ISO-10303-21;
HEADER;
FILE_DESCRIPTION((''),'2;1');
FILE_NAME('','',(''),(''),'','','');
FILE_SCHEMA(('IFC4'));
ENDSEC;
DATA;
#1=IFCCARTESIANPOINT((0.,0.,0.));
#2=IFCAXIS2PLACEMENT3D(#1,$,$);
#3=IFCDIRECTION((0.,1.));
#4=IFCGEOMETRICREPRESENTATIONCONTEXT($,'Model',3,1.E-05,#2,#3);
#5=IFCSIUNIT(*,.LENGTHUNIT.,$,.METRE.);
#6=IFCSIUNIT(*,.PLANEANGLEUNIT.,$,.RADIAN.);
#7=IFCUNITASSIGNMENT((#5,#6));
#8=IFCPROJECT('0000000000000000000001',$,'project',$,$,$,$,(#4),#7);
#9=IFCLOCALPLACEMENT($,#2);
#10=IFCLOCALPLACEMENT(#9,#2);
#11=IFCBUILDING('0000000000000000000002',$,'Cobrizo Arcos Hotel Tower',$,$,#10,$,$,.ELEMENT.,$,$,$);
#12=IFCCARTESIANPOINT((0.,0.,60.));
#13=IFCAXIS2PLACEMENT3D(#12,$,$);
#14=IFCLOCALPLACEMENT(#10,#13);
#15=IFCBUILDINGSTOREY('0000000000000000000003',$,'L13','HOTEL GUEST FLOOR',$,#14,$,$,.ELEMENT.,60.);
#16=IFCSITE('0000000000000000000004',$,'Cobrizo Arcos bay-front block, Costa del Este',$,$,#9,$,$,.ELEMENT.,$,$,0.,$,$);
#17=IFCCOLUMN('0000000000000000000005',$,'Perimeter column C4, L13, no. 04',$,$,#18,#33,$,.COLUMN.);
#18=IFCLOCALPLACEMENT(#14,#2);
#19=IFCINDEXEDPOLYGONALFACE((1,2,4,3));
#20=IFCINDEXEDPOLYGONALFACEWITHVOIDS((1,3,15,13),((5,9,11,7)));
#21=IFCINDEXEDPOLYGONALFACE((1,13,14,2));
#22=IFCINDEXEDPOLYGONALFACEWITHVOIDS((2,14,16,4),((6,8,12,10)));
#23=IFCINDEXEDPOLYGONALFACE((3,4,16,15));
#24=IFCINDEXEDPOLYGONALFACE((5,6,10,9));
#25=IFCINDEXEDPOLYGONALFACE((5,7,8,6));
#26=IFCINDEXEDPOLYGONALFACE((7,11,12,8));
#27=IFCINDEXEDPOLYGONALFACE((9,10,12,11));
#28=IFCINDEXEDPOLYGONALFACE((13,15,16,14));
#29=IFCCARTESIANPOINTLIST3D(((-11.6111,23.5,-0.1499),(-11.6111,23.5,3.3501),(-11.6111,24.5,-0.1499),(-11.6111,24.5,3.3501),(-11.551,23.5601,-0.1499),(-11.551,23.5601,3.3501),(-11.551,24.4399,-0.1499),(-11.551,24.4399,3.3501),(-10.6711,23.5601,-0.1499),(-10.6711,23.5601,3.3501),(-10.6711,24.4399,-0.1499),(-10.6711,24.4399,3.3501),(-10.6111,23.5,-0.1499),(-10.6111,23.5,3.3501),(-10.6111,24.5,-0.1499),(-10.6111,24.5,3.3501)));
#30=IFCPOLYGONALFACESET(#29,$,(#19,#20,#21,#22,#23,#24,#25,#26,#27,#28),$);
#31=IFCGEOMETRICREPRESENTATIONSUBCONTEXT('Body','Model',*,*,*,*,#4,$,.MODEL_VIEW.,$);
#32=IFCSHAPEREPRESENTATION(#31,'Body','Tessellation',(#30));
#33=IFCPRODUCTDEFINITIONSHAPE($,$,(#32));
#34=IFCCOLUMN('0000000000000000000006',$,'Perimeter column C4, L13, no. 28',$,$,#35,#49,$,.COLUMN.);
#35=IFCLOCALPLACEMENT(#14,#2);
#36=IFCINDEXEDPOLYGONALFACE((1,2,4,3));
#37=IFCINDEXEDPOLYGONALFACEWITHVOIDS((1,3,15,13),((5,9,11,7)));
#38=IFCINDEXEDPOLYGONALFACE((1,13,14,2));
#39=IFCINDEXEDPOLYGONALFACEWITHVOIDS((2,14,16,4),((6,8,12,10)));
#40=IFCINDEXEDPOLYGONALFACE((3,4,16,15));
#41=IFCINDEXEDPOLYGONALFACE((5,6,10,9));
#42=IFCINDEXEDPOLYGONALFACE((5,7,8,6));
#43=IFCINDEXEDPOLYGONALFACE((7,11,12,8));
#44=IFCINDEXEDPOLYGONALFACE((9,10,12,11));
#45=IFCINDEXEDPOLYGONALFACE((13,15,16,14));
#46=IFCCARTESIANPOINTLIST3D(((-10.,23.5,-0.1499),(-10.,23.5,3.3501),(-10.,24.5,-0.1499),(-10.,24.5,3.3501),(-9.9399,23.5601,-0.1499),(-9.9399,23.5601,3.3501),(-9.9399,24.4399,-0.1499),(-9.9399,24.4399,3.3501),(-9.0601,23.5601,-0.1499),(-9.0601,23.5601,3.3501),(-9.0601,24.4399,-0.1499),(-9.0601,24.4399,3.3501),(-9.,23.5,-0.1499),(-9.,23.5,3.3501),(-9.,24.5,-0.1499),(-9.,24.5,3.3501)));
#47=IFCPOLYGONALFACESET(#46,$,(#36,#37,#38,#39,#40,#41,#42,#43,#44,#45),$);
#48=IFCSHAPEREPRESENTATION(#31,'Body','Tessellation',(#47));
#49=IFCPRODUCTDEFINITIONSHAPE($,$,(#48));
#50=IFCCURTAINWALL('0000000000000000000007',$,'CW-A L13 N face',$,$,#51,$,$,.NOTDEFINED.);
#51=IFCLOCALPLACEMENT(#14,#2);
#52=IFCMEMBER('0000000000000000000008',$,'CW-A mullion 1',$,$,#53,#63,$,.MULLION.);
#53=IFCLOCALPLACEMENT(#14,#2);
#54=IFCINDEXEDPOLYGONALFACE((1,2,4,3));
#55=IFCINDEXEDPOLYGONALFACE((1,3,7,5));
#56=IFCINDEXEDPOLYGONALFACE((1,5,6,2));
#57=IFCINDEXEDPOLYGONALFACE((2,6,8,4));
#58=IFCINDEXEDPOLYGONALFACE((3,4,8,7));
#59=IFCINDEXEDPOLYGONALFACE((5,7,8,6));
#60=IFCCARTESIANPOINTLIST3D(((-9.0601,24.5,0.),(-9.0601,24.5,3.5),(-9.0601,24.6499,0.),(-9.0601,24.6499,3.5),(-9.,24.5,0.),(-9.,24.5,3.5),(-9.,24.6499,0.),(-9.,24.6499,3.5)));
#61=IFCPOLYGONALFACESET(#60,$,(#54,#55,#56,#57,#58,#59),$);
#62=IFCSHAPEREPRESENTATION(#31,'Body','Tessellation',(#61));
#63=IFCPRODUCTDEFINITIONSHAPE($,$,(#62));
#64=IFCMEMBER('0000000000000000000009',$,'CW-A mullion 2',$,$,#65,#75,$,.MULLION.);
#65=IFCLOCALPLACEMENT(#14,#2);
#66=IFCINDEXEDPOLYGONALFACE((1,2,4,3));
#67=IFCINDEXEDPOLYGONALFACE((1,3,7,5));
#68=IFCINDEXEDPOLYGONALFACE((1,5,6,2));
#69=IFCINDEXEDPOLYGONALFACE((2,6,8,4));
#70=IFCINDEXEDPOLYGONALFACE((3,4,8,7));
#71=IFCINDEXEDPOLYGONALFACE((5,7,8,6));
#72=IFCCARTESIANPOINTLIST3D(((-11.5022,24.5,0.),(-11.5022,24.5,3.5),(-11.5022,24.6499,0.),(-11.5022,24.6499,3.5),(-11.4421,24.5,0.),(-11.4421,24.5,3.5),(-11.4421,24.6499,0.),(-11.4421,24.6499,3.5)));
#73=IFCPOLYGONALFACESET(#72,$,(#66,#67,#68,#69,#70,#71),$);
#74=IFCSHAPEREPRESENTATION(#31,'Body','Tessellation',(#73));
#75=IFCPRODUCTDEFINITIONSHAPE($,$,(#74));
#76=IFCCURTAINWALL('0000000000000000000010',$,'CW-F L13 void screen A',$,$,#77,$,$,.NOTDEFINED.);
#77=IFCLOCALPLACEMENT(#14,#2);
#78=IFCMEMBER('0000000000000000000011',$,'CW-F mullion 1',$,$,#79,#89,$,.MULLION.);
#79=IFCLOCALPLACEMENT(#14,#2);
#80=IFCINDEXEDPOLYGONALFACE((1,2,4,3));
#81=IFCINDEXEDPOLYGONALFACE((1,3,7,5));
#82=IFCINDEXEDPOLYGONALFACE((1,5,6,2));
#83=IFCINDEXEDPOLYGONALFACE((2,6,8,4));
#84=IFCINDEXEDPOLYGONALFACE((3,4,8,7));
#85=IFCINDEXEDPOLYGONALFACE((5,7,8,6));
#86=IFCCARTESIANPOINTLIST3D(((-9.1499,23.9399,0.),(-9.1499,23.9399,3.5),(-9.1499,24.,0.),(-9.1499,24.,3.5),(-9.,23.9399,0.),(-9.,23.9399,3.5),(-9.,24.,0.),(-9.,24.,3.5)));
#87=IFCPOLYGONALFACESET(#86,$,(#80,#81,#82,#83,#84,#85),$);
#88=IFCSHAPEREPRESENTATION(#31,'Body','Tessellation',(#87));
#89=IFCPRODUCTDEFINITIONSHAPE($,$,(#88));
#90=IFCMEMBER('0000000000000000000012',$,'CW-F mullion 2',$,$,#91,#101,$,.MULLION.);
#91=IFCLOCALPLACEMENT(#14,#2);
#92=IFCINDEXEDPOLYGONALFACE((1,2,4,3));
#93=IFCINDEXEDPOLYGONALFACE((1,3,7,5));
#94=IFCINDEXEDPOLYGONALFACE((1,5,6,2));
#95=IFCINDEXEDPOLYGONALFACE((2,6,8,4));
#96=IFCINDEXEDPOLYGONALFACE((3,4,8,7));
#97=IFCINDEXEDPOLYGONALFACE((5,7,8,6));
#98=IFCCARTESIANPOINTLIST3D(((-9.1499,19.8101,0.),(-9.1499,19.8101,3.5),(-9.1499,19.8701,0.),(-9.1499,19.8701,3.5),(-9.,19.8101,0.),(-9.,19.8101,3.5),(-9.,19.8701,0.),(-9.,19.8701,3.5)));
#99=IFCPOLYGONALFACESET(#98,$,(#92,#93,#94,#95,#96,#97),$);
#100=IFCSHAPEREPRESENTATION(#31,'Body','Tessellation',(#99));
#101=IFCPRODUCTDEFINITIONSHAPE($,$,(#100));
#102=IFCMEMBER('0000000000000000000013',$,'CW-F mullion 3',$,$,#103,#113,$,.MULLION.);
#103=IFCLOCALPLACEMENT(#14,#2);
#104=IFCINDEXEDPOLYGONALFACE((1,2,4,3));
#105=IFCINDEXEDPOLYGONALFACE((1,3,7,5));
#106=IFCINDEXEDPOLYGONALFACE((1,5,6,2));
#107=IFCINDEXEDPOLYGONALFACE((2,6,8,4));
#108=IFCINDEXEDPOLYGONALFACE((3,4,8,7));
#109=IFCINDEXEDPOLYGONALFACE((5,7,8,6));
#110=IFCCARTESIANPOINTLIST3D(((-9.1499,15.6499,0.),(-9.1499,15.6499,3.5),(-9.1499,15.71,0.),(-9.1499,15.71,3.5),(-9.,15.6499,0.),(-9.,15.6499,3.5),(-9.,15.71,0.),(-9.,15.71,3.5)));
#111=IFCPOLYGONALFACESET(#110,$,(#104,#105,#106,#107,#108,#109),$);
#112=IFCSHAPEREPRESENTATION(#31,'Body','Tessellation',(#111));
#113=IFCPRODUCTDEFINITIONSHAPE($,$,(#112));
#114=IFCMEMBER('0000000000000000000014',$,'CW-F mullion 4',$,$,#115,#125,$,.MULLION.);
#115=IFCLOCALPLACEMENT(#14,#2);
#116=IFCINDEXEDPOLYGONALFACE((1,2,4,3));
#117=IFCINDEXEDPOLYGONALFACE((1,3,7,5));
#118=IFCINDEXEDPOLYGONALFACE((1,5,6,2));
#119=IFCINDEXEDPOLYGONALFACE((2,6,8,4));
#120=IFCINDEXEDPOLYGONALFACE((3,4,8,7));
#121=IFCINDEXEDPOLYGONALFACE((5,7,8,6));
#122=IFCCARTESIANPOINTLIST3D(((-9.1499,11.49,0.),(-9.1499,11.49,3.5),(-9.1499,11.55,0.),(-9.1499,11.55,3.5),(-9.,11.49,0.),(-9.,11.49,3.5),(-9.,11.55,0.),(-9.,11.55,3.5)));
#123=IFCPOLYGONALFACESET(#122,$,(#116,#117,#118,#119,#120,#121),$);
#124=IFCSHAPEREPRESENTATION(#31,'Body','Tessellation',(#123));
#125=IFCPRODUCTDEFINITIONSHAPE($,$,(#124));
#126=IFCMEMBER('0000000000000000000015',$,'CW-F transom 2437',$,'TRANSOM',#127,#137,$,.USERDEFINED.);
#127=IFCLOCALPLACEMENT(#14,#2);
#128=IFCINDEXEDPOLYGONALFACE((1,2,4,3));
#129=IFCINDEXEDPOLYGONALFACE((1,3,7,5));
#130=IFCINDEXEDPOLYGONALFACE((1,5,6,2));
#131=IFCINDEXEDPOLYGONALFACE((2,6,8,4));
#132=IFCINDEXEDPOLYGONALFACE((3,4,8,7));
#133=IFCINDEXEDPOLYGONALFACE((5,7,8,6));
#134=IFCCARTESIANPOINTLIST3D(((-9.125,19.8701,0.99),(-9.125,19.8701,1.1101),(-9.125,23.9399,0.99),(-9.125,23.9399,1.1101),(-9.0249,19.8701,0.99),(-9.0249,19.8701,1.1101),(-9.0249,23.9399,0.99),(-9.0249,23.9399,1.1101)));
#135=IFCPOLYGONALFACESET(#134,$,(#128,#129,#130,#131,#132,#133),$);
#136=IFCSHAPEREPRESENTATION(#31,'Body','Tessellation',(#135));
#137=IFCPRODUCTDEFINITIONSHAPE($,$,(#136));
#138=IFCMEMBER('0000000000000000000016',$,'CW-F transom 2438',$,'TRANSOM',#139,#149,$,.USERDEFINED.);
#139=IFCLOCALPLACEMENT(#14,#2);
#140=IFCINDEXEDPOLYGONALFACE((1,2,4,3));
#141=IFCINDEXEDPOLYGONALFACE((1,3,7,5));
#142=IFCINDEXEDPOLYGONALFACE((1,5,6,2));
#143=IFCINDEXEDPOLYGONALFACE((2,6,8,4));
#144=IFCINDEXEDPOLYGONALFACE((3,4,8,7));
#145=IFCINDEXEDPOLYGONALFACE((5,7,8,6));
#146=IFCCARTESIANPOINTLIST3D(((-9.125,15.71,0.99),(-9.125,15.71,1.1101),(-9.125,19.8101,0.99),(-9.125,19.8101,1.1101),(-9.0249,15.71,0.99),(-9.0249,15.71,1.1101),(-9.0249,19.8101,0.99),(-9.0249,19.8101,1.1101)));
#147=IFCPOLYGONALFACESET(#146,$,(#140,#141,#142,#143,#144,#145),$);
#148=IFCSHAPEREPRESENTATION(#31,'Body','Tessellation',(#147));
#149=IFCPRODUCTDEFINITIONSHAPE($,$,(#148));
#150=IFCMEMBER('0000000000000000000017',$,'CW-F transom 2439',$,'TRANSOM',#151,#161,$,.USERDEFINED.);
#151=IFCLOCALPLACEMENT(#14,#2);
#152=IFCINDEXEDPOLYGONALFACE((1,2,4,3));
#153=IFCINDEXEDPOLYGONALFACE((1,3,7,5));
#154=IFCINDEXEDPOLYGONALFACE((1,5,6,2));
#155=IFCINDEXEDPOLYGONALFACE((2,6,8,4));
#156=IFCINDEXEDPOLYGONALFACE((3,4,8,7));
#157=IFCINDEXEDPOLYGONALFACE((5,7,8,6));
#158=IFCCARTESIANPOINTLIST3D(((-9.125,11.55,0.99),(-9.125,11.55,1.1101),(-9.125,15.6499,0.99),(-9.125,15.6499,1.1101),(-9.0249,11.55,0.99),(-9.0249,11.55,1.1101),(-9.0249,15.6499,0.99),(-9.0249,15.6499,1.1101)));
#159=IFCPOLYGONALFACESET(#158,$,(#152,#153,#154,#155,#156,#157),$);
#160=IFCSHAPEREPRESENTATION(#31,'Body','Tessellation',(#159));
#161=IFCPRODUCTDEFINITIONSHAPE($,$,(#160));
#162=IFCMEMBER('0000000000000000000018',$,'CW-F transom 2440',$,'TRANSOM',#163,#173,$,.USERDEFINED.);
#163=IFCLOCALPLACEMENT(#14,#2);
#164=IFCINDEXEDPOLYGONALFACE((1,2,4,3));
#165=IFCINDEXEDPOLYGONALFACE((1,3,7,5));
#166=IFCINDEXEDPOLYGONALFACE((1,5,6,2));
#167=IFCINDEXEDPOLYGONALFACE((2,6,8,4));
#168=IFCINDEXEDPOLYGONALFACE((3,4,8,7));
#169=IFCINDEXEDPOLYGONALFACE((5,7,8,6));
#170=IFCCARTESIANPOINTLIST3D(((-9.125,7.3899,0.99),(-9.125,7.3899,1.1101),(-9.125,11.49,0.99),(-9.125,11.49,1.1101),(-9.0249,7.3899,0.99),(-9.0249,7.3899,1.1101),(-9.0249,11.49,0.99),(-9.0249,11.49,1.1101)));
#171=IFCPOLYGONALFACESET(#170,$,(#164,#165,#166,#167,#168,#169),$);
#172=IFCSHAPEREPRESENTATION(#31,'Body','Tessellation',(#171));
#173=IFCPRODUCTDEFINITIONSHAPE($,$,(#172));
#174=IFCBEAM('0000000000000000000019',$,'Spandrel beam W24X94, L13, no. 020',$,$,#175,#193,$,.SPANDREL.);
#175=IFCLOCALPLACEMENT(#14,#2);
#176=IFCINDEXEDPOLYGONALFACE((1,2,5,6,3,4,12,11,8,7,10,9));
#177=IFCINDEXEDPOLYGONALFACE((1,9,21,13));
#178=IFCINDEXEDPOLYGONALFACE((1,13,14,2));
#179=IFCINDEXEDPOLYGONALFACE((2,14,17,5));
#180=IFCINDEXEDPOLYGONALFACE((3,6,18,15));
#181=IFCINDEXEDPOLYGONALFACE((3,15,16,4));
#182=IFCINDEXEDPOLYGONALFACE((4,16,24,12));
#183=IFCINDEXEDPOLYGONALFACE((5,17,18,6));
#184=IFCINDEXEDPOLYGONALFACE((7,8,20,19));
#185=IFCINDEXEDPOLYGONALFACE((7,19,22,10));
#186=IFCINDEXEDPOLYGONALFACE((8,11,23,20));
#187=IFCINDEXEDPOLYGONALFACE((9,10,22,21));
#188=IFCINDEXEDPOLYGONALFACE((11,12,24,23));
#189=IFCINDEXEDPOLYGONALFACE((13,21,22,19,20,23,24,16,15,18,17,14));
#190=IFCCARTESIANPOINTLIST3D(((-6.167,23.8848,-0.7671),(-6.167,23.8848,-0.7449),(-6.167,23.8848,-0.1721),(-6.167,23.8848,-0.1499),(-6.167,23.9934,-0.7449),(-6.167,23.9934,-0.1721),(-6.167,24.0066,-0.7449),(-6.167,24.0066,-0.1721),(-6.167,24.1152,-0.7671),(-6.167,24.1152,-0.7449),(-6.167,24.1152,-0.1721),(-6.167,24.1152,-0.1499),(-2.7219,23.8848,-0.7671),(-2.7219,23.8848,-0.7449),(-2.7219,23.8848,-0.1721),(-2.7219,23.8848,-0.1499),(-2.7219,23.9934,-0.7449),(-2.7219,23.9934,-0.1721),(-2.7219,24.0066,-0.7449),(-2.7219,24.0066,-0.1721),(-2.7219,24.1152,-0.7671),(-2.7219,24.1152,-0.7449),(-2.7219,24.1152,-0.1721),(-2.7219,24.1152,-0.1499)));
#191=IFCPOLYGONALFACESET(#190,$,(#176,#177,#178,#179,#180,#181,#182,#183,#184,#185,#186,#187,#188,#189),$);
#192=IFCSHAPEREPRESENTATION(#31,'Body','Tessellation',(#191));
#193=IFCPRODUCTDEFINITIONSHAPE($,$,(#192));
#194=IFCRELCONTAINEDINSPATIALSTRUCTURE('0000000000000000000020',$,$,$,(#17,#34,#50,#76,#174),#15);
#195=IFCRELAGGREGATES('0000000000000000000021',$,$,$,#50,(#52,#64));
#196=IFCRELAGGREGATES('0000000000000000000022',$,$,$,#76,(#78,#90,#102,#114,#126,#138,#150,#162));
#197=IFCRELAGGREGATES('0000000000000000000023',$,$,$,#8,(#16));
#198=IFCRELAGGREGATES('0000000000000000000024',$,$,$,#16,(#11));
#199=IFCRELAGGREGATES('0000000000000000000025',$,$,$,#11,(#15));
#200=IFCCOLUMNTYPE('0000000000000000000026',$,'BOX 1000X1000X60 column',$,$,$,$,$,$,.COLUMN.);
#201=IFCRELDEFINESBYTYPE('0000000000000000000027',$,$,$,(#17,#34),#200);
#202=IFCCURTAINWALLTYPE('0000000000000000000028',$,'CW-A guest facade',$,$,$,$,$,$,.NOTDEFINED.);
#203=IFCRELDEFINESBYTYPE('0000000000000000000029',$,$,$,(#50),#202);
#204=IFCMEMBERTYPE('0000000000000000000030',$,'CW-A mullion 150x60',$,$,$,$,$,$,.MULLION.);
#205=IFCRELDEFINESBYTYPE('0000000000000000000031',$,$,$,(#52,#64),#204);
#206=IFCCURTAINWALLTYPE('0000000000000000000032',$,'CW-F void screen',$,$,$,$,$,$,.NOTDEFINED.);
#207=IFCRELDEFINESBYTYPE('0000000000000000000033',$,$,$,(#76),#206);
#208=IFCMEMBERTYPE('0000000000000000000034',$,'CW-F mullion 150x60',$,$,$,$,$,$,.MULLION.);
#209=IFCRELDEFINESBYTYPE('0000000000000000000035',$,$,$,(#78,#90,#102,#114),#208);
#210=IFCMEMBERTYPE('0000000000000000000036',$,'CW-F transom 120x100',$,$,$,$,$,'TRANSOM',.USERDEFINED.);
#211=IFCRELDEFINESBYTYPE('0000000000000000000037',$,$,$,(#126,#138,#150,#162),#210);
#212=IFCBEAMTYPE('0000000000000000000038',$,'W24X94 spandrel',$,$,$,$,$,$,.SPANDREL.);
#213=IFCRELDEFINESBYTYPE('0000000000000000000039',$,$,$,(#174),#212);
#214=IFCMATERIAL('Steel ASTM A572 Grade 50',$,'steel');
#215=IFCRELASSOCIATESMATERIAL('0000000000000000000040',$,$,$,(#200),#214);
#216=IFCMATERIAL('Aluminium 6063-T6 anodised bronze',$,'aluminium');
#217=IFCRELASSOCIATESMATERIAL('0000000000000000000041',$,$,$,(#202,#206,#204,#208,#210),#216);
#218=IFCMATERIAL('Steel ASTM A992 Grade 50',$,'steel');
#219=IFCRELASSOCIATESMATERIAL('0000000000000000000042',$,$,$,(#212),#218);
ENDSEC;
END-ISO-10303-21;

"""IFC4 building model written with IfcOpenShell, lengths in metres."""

from ifc_helpers import new_model, si_unit, direction, frame, origin, origin_2d, place, context, subcontext, project, spatial, rectangle, hollow_rectangle, i_section, extrude, material, material_profile, profile_set, type_object, element, aggregate, save


model = new_model("IFC4")

# Units and contexts
model_context = context("Model", 3, precision=1e-05, world=origin(), true_north=direction((0.0, 1.0)))
body_context = subcontext(model_context, "Body", "Model", "MODEL_VIEW")
ifc_project = project(units=[si_unit("LENGTHUNIT", "METRE"), si_unit("PLANEANGLEUNIT", "RADIAN")], contexts=[model_context])

# Site, building, storey
site_placement = place(None, origin())
site = spatial("IfcSite", under=ifc_project, at=site_placement, Name="Cobrizo Arcos bay-front block, Costa del Este", CompositionType="ELEMENT", RefElevation=0.0)
building_placement = place(site_placement, origin())
building = spatial("IfcBuilding", under=site, at=building_placement, Name="Cobrizo Arcos Hotel Tower", CompositionType="ELEMENT")
storey_placement = place(building_placement, frame((0.0, 0.0, 60.0)))
storey = spatial("IfcBuildingStorey", under=building, at=storey_placement, Name="L13", Description="HOTEL GUEST FLOOR", CompositionType="ELEMENT", Elevation=60.0)

# Columns
ifc_material_1 = material(Name="Steel ASTM A572 Grade 50", Category="steel")
ifc_material_profile_1 = material_profile(ifc_material_1, hollow_rectangle(XDim=1.0, YDim=1.0, WallThickness=0.0601, at=origin_2d()), Name="BOX 1000X1000X60")
ifc_profile_set_1 = profile_set([ifc_material_profile_1], Name="Steel ASTM A572 Grade 50")
column_type = type_object("IfcColumnType", Name="BOX 1000X1000X60 column", PredefinedType="COLUMN", material=ifc_profile_set_1)
for number, where, z_axis, x_axis, name in (
    (1, (-11.1111, 24.0, -0.1499), (0.0, 0.0, 1.0), (1.0, 0.0, 0.0), "Perimeter column C4, L13, no. 04"),
    (2, (-9.5, 24.0, -0.1499), (0.0, 0.0, 1.0), (1.0, 0.0, 0.0), "Perimeter column C4, L13, no. 28"),
):
    element("IfcColumn", number, at=place(storey_placement, frame(where, z_axis=z_axis, x_axis=x_axis)), inside=storey, type_object=column_type, Name=name, PredefinedType="COLUMN", context=body_context, shape_type="SweptSolid", body=[
        extrude(hollow_rectangle(XDim=1.0, YDim=1.0, WallThickness=0.0601, at=origin_2d()), origin(), (0.0, 0.0, 1.0), 3.5),
    ])

# Curtain walls, members
ifc_material_2 = material(Name="Aluminium 6063-T6 anodised bronze", Category="aluminium")
curtain_wall_type_1 = type_object("IfcCurtainWallType", Name="CW-A guest facade", PredefinedType="NOTDEFINED", material=ifc_material_2)
curtain_wall_1_placement = place(storey_placement, origin())
curtain_wall_1 = element("IfcCurtainWall", 3, at=curtain_wall_1_placement, inside=storey, type_object=curtain_wall_type_1, Name="CW-A L13 N face", PredefinedType="NOTDEFINED")
ifc_material_profile_2 = material_profile(ifc_material_2, rectangle(XDim=0.1499, YDim=0.0601, at=origin_2d()), Name="CW-A mullion 150x60")
ifc_profile_set_2 = profile_set([ifc_material_profile_2], Name="Aluminium 6063-T6 anodised bronze")
member_type_1 = type_object("IfcMemberType", Name="CW-A mullion 150x60", PredefinedType="MULLION", material=ifc_profile_set_2)
member_1_placement = place(storey_placement, frame((-9.03, 24.575, 0.0), z_axis=(0.0, 0.0, 1.0), x_axis=(0.0, 1.0, 0.0)))
member_1 = element("IfcMember", 4, at=member_1_placement, type_object=member_type_1, Name="CW-A mullion 1", PredefinedType="MULLION", context=body_context, shape_type="SweptSolid", body=[
    extrude(rectangle(XDim=0.1499, YDim=0.0601, at=origin_2d()), origin(), (0.0, 0.0, 1.0), 3.5),
])
member_2_placement = place(storey_placement, frame((-11.4722, 24.575, 0.0), z_axis=(0.0, 0.0, 1.0), x_axis=(0.0, 1.0, 0.0)))
member_2 = element("IfcMember", 5, at=member_2_placement, type_object=member_type_1, Name="CW-A mullion 2", PredefinedType="MULLION", context=body_context, shape_type="SweptSolid", body=[
    extrude(rectangle(XDim=0.1499, YDim=0.0601, at=origin_2d()), origin(), (0.0, 0.0, 1.0), 3.5),
])
curtain_wall_type_2 = type_object("IfcCurtainWallType", Name="CW-F void screen", PredefinedType="NOTDEFINED", material=ifc_material_2)
curtain_wall_2_placement = place(storey_placement, origin())
curtain_wall_2 = element("IfcCurtainWall", 6, at=curtain_wall_2_placement, inside=storey, type_object=curtain_wall_type_2, Name="CW-F L13 void screen A", PredefinedType="NOTDEFINED")
ifc_material_profile_3 = material_profile(ifc_material_2, rectangle(XDim=0.1499, YDim=0.0601, at=origin_2d()), Name="CW-F mullion 150x60")
ifc_profile_set_3 = profile_set([ifc_material_profile_3], Name="Aluminium 6063-T6 anodised bronze")
member_type_2 = type_object("IfcMemberType", Name="CW-F mullion 150x60", PredefinedType="MULLION", material=ifc_profile_set_3)
member_3_placement = place(storey_placement, frame((-9.075, 23.97, 0.0), z_axis=(0.0, 0.0, 1.0), x_axis=(-1.0, 0.0, 0.0)))
member_3 = element("IfcMember", 7, at=member_3_placement, type_object=member_type_2, Name="CW-F mullion 1", PredefinedType="MULLION", context=body_context, shape_type="SweptSolid", body=[
    extrude(rectangle(XDim=0.1499, YDim=0.0601, at=origin_2d()), origin(), (0.0, 0.0, 1.0), 3.5),
])
member_4_placement = place(storey_placement, frame((-9.075, 19.8401, 0.0), z_axis=(0.0, 0.0, 1.0), x_axis=(-1.0, 0.0, 0.0)))
member_4 = element("IfcMember", 8, at=member_4_placement, type_object=member_type_2, Name="CW-F mullion 2", PredefinedType="MULLION", context=body_context, shape_type="SweptSolid", body=[
    extrude(rectangle(XDim=0.1499, YDim=0.0601, at=origin_2d()), origin(), (0.0, 0.0, 1.0), 3.5),
])
member_5_placement = place(storey_placement, frame((-9.075, 15.6799, 0.0), z_axis=(0.0, 0.0, 1.0), x_axis=(-1.0, 0.0, 0.0)))
member_5 = element("IfcMember", 9, at=member_5_placement, type_object=member_type_2, Name="CW-F mullion 3", PredefinedType="MULLION", context=body_context, shape_type="SweptSolid", body=[
    extrude(rectangle(XDim=0.1499, YDim=0.0601, at=origin_2d()), origin(), (0.0, 0.0, 1.0), 3.5),
])
member_6_placement = place(storey_placement, frame((-9.075, 11.52, 0.0), z_axis=(0.0, 0.0, 1.0), x_axis=(-1.0, 0.0, 0.0)))
member_6 = element("IfcMember", 10, at=member_6_placement, type_object=member_type_2, Name="CW-F mullion 4", PredefinedType="MULLION", context=body_context, shape_type="SweptSolid", body=[
    extrude(rectangle(XDim=0.1499, YDim=0.0601, at=origin_2d()), origin(), (0.0, 0.0, 1.0), 3.5),
])
ifc_material_profile_4 = material_profile(ifc_material_2, rectangle(XDim=0.1001, YDim=0.1201, at=origin_2d()), Name="CW-F transom 120x100")
ifc_profile_set_4 = profile_set([ifc_material_profile_4], Name="Aluminium 6063-T6 anodised bronze")
member_type_3 = type_object("IfcMemberType", Name="CW-F transom 120x100", ElementType="TRANSOM", PredefinedType="USERDEFINED", material=ifc_profile_set_4)
member_7_placement = place(storey_placement, frame((-9.075, 23.9399, 1.05), z_axis=(0.0, -1.0, 0.0), x_axis=(1.0, 0.0, 0.0)))
member_7 = element("IfcMember", 11, at=member_7_placement, type_object=member_type_3, Name="CW-F transom 2437", ObjectType="TRANSOM", PredefinedType="USERDEFINED", context=body_context, shape_type="SweptSolid", body=[
    extrude(rectangle(XDim=0.1001, YDim=0.1201, at=origin_2d()), origin(), (0.0, 0.0, 1.0), 4.0698),
])
member_8_placement = place(storey_placement, frame((-9.075, 19.8101, 1.05), z_axis=(0.0, -1.0, 0.0), x_axis=(1.0, 0.0, 0.0)))
member_8 = element("IfcMember", 12, at=member_8_placement, type_object=member_type_3, Name="CW-F transom 2438", ObjectType="TRANSOM", PredefinedType="USERDEFINED", context=body_context, shape_type="SweptSolid", body=[
    extrude(rectangle(XDim=0.1001, YDim=0.1201, at=origin_2d()), origin(), (0.0, 0.0, 1.0), 4.1001),
])
member_9_placement = place(storey_placement, frame((-9.075, 15.6499, 1.05), z_axis=(0.0, -1.0, 0.0), x_axis=(1.0, 0.0, 0.0)))
member_9 = element("IfcMember", 13, at=member_9_placement, type_object=member_type_3, Name="CW-F transom 2439", ObjectType="TRANSOM", PredefinedType="USERDEFINED", context=body_context, shape_type="SweptSolid", body=[
    extrude(rectangle(XDim=0.1001, YDim=0.1201, at=origin_2d()), origin(), (0.0, 0.0, 1.0), 4.0999),
])
member_10_placement = place(storey_placement, frame((-9.075, 11.49, 1.05), z_axis=(0.0, -1.0, 0.0), x_axis=(1.0, 0.0, 0.0)))
member_10 = element("IfcMember", 14, at=member_10_placement, type_object=member_type_3, Name="CW-F transom 2440", ObjectType="TRANSOM", PredefinedType="USERDEFINED", context=body_context, shape_type="SweptSolid", body=[
    extrude(rectangle(XDim=0.1001, YDim=0.1201, at=origin_2d()), origin(), (0.0, 0.0, 1.0), 4.1001),
])

# Beam
ifc_material_3 = material(Name="Steel ASTM A992 Grade 50", Category="steel")
ifc_material_profile_5 = material_profile(ifc_material_3, i_section(OverallWidth=0.2305, OverallDepth=0.6172, WebThickness=0.0132, FlangeThickness=0.0222, at=origin_2d()), Name="W24X94")
ifc_profile_set_5 = profile_set([ifc_material_profile_5], Name="Steel ASTM A992 Grade 50")
beam_type_1 = type_object("IfcBeamType", Name="W24X94 spandrel", PredefinedType="SPANDREL", material=ifc_profile_set_5)
beam_1_placement = place(storey_placement, frame((-2.7219, 24.0, -0.4585), z_axis=(-1.0, 0.0, 0.0), x_axis=(0.0, -1.0, 0.0)))
element("IfcBeam", 15, at=beam_1_placement, inside=storey, type_object=beam_type_1, Name="Spandrel beam W24X94, L13, no. 020", PredefinedType="SPANDREL", context=body_context, shape_type="SweptSolid", body=[
    extrude(i_section(OverallWidth=0.2305, OverallDepth=0.6172, WebThickness=0.0132, FlangeThickness=0.0222, at=origin_2d()), origin(), (0.0, 0.0, 1.0), 3.4451),
])

aggregate(curtain_wall_1, [member_1, member_2])
aggregate(curtain_wall_2, [member_3, member_4, member_5, member_6, member_7, member_8, member_9, member_10])

save(model, "model.ifc")
